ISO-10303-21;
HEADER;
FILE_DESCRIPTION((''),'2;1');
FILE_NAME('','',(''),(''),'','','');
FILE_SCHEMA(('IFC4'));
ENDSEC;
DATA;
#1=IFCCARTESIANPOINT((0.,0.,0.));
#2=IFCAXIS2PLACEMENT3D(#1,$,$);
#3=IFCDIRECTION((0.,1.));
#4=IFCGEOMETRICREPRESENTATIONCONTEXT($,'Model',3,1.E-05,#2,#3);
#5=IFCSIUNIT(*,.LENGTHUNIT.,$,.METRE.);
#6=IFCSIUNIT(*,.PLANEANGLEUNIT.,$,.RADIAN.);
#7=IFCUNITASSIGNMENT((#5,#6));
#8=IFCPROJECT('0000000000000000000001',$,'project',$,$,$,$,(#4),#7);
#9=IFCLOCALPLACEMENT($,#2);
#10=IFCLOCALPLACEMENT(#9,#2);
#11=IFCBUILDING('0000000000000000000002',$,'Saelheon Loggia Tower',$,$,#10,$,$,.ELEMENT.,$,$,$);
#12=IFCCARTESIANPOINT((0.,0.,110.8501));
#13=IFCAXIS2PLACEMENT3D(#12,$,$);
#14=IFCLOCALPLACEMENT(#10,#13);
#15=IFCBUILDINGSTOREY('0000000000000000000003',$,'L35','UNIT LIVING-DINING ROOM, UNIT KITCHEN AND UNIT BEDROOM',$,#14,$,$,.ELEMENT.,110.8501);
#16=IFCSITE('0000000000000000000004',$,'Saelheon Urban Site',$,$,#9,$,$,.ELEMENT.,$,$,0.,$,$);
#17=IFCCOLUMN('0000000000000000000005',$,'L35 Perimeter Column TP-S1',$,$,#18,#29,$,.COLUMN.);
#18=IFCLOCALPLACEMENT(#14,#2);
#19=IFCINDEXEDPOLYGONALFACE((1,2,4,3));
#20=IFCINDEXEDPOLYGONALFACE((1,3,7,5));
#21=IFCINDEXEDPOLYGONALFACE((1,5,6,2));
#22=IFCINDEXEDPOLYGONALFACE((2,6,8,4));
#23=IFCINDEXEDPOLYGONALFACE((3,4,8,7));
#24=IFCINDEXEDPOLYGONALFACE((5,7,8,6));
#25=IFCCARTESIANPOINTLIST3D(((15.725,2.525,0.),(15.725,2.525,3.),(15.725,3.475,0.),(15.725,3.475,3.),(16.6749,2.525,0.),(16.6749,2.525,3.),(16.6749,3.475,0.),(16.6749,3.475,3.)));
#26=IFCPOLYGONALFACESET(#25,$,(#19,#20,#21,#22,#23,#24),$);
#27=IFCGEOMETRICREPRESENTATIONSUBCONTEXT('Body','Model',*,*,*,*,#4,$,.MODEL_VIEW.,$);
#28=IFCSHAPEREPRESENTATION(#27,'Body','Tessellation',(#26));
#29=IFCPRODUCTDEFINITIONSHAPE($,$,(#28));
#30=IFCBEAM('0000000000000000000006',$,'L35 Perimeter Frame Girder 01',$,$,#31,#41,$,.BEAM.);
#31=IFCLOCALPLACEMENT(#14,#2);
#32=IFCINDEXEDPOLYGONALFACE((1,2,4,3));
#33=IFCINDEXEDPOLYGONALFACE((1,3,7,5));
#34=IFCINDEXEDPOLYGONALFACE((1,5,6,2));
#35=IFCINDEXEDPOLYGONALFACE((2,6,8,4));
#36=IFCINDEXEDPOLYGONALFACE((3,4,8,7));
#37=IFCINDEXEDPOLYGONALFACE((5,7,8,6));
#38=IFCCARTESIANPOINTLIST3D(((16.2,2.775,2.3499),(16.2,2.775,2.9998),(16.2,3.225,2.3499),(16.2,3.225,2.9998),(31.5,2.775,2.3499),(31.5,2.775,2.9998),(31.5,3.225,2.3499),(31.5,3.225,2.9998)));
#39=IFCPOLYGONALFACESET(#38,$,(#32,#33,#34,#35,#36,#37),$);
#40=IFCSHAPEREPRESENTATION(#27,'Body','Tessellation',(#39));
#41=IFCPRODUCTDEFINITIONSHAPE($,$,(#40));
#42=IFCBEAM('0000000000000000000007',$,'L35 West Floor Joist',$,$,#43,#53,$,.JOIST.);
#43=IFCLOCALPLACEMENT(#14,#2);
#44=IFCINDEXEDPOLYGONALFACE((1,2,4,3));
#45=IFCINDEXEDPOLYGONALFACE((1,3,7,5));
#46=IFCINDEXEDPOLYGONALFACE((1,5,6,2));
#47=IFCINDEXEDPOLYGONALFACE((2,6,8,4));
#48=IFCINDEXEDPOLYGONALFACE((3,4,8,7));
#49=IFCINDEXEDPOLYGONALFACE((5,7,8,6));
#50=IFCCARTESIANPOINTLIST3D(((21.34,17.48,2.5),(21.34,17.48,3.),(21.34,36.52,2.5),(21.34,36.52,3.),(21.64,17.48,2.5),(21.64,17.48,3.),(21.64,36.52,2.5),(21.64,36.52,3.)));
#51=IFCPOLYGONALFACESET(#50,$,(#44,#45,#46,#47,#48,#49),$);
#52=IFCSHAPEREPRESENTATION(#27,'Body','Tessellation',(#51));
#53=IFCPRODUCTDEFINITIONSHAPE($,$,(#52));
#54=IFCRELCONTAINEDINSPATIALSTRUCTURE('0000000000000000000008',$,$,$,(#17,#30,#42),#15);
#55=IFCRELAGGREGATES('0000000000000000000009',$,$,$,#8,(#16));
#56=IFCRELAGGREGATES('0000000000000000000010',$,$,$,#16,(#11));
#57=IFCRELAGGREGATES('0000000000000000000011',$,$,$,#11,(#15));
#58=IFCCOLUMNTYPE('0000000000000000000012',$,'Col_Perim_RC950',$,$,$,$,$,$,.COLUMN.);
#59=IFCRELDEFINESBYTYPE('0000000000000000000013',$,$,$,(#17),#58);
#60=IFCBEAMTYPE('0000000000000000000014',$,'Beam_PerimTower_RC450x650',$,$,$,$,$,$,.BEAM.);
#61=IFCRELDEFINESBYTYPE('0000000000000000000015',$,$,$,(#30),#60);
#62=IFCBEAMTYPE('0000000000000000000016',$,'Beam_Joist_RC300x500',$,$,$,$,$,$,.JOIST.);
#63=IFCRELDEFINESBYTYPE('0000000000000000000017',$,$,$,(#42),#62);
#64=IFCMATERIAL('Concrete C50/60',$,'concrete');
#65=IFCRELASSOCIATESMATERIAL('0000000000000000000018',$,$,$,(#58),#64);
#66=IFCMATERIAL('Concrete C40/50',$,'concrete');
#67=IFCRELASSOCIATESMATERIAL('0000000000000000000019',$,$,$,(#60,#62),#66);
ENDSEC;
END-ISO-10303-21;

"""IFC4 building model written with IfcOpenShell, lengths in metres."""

from ifc_helpers import new_model, si_unit, direction, frame, origin, origin_2d, place, context, subcontext, project, spatial, rectangle, extrude, source, transform, mapped, material, material_profile, profile_set, type_object, element, save


model = new_model("IFC4")

# Units and contexts
model_context = context("Model", 3, precision=1e-05, world=origin(), true_north=direction((0.0, 1.0)))
body_context = subcontext(model_context, "Body", "Model", "MODEL_VIEW")
ifc_project = project(units=[si_unit("LENGTHUNIT", "METRE"), si_unit("PLANEANGLEUNIT", "RADIAN")], contexts=[model_context])

# Site, building, storey
site_placement = place(None, origin())
site = spatial("IfcSite", under=ifc_project, at=site_placement, Name="Saelheon Urban Site", CompositionType="ELEMENT", RefElevation=0.0)
building_placement = place(site_placement, origin())
building = spatial("IfcBuilding", under=site, at=building_placement, Name="Saelheon Loggia Tower", CompositionType="ELEMENT")
storey_placement = place(building_placement, frame((0.0, 0.0, 110.8501)))
storey = spatial("IfcBuildingStorey", under=building, at=storey_placement, Name="L35", Description="UNIT LIVING-DINING ROOM, UNIT KITCHEN AND UNIT BEDROOM", CompositionType="ELEMENT", Elevation=110.8501)

# Column
ifc_material_1 = material(Name="Concrete C50/60", Category="concrete")
ifc_material_profile_1 = material_profile(ifc_material_1, rectangle(XDim=0.95, YDim=0.95, at=origin_2d()), Name="RC-950x950")
ifc_profile_set_1 = profile_set([ifc_material_profile_1], Name="Concrete C50/60")
column_type = type_object("IfcColumnType", Name="Col_Perim_RC950", PredefinedType="COLUMN", material=ifc_profile_set_1)
shared_shape_1 = source(origin(), body_context, "Body", "SweptSolid", [
    extrude(rectangle(XDim=0.95, YDim=0.95, at=origin_2d()), origin(), (0.0, 0.0, 1.0), 3.0),
])
column_placement = place(storey_placement, frame((16.2, 3.0, 0.0), z_axis=(0.0, 0.0, 1.0), x_axis=(1.0, 0.0, 0.0)))
element("IfcColumn", 1, at=column_placement, inside=storey, type_object=column_type, Name="L35 Perimeter Column TP-S1", PredefinedType="COLUMN", context=body_context, shape_type="MappedRepresentation", body=[
    mapped(shared_shape_1, transform((0.0, 0.0, 0.0), scale=1.0)),
])

# Beams
ifc_material_2 = material(Name="Concrete C40/50", Category="concrete")
ifc_material_profile_2 = material_profile(ifc_material_2, rectangle(XDim=0.45, YDim=0.6499, at=origin_2d()), Name="RC-450x650")
ifc_profile_set_2 = profile_set([ifc_material_profile_2], Name="Concrete C40/50")
beam_type_1 = type_object("IfcBeamType", Name="Beam_PerimTower_RC450x650", PredefinedType="BEAM", material=ifc_profile_set_2)
shared_shape_2 = source(origin(), body_context, "Body", "SweptSolid", [
    extrude(rectangle(XDim=0.45, YDim=0.6499, at=origin_2d()), origin(), (0.0, 0.0, 1.0), 15.3),
])
beam_1_placement = place(storey_placement, frame((16.2, 3.0, 2.6748), z_axis=(1.0, 0.0, 0.0), x_axis=(0.0, 1.0, 0.0)))
element("IfcBeam", 2, at=beam_1_placement, inside=storey, type_object=beam_type_1, Name="L35 Perimeter Frame Girder 01", PredefinedType="BEAM", context=body_context, shape_type="MappedRepresentation", body=[
    mapped(shared_shape_2, transform((0.0, 0.0, 0.0), scale=1.0)),
])
ifc_material_profile_3 = material_profile(ifc_material_2, rectangle(XDim=0.3, YDim=0.5, at=origin_2d()), Name="RC-300x500")
ifc_profile_set_3 = profile_set([ifc_material_profile_3], Name="Concrete C40/50")
beam_type_2 = type_object("IfcBeamType", Name="Beam_Joist_RC300x500", PredefinedType="JOIST", material=ifc_profile_set_3)
shared_shape_3 = source(origin(), body_context, "Body", "SweptSolid", [
    extrude(rectangle(XDim=0.3, YDim=0.5, at=origin_2d()), origin(), (0.0, 0.0, 1.0), 19.04),
])
beam_2_placement = place(storey_placement, frame((21.49, 17.48, 2.75), z_axis=(0.0, 1.0, 0.0), x_axis=(-1.0, 0.0, 0.0)))
element("IfcBeam", 3, at=beam_2_placement, inside=storey, type_object=beam_type_2, Name="L35 West Floor Joist", PredefinedType="JOIST", context=body_context, shape_type="MappedRepresentation", body=[
    mapped(shared_shape_3, transform((0.0, 0.0, 0.0), scale=1.0)),
])

save(model, "model.ifc")
